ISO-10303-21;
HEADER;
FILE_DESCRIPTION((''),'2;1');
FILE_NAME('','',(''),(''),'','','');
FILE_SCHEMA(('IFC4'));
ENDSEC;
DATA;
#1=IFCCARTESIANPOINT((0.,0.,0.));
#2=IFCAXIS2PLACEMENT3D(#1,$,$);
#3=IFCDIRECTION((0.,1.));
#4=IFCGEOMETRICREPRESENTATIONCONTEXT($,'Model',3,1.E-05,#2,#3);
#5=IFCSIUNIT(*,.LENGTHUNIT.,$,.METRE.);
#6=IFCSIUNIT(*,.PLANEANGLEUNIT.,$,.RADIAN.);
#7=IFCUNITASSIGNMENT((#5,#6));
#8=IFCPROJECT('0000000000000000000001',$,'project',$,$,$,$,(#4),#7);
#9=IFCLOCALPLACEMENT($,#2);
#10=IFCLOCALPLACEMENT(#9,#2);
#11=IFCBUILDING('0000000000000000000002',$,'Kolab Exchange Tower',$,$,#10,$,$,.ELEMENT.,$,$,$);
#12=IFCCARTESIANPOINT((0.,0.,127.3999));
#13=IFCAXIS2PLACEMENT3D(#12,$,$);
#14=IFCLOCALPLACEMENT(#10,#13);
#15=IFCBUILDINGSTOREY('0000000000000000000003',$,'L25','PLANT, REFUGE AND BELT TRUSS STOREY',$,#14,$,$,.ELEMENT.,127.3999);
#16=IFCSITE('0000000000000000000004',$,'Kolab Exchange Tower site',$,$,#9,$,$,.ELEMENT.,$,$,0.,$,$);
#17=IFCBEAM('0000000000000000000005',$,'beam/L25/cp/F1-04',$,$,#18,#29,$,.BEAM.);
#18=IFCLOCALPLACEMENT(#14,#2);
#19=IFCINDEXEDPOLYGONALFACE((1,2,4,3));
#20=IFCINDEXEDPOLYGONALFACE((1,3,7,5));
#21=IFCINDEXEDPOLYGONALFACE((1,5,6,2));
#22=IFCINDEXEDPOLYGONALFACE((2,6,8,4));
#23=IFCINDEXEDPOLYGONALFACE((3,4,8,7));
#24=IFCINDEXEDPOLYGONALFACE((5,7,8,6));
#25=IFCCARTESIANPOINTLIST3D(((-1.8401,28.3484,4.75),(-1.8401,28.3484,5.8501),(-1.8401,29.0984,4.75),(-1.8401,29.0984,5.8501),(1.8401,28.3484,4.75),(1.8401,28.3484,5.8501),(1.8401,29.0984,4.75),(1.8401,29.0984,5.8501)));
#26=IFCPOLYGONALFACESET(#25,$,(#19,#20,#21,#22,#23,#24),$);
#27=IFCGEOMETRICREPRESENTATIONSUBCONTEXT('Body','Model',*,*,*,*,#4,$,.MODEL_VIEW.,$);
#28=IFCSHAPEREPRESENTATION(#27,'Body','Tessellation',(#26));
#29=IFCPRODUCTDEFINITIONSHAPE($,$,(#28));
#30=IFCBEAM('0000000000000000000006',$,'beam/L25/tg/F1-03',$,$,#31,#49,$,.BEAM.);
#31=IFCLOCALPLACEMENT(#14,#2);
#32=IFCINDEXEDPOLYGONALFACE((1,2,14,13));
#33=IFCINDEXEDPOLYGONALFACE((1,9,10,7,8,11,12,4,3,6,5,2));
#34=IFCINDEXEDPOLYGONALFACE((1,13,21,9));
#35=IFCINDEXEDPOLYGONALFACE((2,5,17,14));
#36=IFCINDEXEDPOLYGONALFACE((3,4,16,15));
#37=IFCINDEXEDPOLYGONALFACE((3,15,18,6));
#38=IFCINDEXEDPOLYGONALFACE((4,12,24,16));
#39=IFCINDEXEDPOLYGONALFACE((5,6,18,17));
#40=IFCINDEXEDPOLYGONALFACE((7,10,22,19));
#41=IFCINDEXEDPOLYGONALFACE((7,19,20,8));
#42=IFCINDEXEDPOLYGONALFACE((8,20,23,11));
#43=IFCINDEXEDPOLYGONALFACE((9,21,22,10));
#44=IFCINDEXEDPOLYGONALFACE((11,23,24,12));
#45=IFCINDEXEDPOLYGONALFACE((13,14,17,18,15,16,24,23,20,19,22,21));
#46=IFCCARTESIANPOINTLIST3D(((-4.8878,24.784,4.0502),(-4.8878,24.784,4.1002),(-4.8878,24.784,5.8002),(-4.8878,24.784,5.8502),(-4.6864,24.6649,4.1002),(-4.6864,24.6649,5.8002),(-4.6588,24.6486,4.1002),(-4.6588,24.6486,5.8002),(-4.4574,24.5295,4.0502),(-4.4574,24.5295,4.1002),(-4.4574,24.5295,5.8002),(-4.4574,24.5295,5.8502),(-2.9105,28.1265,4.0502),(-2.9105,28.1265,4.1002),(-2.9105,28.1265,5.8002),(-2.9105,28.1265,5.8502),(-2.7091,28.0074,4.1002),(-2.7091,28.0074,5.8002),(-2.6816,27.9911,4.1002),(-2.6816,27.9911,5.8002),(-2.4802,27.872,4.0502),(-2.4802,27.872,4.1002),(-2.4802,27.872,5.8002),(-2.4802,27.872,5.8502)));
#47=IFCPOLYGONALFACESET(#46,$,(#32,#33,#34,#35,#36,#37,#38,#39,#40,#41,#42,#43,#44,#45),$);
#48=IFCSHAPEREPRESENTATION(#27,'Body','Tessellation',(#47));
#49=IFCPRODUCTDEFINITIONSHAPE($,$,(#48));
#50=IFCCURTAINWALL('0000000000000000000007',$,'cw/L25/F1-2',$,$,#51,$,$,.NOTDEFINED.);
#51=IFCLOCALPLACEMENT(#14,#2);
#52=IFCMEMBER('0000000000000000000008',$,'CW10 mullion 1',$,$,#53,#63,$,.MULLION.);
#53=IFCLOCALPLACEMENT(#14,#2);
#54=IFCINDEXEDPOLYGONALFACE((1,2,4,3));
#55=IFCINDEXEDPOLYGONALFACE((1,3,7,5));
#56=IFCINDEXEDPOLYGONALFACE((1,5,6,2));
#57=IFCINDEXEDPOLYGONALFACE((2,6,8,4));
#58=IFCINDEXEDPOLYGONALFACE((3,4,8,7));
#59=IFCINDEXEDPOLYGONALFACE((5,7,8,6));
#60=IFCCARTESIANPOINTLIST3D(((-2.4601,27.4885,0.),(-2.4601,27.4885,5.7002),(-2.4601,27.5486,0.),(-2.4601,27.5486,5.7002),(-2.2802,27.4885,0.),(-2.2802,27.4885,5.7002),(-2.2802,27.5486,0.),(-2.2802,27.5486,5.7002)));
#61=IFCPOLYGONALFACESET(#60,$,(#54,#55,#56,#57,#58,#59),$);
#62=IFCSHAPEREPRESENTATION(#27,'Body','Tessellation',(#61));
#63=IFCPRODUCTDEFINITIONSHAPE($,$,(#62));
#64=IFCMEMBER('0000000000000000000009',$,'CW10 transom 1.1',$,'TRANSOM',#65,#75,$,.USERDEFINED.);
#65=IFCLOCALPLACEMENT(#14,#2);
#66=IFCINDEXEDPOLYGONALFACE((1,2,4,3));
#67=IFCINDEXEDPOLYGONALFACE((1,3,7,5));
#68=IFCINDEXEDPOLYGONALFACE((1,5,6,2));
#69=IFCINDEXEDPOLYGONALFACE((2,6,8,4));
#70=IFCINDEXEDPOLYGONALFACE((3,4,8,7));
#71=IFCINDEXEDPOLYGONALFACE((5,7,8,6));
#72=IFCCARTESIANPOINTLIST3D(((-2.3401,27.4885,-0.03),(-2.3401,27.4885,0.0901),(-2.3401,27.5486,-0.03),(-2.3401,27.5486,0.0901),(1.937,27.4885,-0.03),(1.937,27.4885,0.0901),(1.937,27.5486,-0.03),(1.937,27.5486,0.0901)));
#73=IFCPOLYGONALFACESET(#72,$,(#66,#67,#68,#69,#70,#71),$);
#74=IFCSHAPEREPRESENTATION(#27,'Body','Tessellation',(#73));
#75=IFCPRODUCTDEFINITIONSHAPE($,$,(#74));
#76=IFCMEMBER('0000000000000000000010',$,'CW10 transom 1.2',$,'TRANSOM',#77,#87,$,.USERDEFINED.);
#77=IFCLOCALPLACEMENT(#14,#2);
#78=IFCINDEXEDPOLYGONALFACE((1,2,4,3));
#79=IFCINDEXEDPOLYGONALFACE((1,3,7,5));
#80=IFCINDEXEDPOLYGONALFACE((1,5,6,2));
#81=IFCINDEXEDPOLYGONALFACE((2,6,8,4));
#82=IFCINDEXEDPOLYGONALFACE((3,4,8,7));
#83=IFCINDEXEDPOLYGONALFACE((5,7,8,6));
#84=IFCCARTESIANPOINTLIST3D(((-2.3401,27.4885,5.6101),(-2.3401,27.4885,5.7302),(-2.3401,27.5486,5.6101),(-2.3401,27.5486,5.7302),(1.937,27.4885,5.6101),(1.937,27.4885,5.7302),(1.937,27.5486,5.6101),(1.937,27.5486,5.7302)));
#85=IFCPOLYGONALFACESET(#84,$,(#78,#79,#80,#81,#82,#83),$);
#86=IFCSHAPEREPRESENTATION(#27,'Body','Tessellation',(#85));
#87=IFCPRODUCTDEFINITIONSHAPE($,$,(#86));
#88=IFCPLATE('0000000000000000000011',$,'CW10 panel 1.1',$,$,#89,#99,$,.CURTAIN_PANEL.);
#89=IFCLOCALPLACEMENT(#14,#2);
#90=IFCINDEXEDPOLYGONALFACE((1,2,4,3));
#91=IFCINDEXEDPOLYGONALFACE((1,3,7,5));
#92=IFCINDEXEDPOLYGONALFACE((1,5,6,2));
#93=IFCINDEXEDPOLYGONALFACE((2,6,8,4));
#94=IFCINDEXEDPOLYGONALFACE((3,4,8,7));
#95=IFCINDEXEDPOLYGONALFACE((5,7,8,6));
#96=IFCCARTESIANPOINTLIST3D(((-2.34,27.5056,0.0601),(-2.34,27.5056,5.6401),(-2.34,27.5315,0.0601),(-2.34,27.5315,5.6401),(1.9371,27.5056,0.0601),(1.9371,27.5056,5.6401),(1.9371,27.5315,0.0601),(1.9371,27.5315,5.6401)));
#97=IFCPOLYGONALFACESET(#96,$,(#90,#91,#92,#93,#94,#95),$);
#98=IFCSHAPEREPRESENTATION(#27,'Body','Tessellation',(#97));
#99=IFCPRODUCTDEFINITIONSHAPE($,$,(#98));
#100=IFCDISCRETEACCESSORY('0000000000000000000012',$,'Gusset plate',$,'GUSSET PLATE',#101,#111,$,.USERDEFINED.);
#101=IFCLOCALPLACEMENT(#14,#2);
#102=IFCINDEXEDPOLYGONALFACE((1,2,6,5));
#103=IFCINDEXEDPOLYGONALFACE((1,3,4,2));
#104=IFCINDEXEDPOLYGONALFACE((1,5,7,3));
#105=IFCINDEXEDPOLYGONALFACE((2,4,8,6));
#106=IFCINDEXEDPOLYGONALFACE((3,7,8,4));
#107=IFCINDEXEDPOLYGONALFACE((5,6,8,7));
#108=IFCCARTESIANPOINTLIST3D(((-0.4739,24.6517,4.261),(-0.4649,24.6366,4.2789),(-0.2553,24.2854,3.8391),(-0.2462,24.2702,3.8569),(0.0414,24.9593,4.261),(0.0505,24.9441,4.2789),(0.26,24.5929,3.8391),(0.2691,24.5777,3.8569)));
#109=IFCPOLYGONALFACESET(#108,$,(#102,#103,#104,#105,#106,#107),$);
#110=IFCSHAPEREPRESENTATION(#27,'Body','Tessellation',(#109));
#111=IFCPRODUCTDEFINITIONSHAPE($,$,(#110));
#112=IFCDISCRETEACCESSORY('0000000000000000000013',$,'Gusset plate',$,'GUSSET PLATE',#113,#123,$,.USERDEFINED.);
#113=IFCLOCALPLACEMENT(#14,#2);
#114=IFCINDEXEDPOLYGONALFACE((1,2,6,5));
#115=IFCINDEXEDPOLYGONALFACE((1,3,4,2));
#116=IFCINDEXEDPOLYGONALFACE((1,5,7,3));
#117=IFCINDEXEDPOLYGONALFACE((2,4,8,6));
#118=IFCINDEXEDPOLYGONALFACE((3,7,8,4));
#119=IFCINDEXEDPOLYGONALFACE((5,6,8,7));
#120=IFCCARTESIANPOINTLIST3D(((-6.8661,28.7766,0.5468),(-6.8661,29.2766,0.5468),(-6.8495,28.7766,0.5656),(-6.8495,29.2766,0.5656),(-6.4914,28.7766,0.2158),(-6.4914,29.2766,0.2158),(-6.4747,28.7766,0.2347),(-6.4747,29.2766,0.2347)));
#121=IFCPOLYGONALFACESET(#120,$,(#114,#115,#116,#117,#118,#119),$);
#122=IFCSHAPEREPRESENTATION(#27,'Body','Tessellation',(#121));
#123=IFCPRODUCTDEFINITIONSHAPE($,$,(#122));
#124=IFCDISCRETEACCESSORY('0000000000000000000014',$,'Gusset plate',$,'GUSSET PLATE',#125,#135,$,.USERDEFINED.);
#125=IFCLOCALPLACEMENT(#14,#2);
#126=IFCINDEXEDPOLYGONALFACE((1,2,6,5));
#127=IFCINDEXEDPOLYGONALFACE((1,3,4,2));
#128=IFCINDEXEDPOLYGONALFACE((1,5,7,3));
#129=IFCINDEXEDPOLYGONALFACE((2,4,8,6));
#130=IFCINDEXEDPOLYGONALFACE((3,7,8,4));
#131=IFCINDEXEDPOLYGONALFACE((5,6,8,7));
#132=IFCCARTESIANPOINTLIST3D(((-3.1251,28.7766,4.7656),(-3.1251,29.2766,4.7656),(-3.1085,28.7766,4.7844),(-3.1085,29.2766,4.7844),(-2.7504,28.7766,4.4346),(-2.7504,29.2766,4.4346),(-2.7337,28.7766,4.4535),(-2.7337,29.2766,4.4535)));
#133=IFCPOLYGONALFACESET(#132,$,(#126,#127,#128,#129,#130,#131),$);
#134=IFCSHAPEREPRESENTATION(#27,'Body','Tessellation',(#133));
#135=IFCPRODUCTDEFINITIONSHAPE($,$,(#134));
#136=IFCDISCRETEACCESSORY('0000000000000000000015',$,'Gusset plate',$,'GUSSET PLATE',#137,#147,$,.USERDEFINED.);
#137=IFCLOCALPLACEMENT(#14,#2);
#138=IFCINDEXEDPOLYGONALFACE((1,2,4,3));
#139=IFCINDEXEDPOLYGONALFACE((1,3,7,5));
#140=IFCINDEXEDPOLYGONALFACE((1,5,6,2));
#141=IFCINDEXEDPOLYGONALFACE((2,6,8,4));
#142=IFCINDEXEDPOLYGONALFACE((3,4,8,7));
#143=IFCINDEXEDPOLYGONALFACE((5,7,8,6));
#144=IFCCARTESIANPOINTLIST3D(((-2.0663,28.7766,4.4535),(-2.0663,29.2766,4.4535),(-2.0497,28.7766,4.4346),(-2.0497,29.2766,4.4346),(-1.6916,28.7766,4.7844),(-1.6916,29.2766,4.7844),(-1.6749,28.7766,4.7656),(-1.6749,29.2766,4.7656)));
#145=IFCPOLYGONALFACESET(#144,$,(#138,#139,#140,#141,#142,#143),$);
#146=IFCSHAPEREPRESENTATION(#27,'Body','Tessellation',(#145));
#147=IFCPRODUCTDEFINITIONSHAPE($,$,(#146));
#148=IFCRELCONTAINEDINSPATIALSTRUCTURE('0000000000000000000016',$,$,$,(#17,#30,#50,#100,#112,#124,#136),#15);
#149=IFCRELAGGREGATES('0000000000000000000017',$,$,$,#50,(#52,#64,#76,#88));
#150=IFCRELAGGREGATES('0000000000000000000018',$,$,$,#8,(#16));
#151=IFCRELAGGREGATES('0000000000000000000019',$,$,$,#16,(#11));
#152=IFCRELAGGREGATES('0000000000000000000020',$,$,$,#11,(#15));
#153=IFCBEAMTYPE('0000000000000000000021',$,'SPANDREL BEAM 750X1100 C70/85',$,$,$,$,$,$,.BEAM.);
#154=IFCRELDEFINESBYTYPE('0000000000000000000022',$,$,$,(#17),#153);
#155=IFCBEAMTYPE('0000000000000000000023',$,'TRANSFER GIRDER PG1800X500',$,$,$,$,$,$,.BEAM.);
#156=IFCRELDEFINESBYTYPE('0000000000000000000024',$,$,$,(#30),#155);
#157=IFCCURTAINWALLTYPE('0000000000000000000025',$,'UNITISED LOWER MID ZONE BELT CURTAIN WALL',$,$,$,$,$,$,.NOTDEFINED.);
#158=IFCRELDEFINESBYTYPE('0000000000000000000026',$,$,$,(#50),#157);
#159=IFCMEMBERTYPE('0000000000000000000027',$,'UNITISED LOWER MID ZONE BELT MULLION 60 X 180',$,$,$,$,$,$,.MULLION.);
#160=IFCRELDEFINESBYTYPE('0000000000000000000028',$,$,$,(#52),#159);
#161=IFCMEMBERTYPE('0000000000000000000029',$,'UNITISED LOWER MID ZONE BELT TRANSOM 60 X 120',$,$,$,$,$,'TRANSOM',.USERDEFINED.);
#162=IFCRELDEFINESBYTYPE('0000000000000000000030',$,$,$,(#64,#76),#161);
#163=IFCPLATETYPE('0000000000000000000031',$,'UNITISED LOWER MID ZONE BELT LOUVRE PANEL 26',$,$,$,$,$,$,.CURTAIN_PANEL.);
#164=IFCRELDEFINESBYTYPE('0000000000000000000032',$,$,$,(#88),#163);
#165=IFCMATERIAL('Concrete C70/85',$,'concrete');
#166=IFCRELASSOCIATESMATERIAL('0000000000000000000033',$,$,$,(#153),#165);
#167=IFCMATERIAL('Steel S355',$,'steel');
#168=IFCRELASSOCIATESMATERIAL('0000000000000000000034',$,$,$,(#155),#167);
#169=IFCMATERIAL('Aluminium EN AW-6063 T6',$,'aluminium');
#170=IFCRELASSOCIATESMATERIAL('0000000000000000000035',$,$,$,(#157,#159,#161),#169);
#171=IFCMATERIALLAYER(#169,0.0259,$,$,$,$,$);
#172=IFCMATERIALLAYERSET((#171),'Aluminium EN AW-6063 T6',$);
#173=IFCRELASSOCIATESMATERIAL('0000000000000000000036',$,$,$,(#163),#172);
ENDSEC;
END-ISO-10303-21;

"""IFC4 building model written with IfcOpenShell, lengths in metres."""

from ifc_helpers import new_model, si_unit, direction, frame, origin, origin_2d, place, context, subcontext, project, spatial, rectangle, i_section, extrude, material, layer, layer_set, material_profile, profile_set, type_object, element, aggregate, save


model = new_model("IFC4")

# Units and contexts
model_context = context("Model", 3, precision=1e-05, world=origin(), true_north=direction((0.0, 1.0)))
body_context = subcontext(model_context, "Body", "Model", "MODEL_VIEW")
ifc_project = project(units=[si_unit("LENGTHUNIT", "METRE"), si_unit("PLANEANGLEUNIT", "RADIAN")], contexts=[model_context])

# Site, building, storey
site_placement = place(None, origin())
site = spatial("IfcSite", under=ifc_project, at=site_placement, Name="Kolab Exchange Tower site", CompositionType="ELEMENT", RefElevation=0.0)
building_placement = place(site_placement, origin())
building = spatial("IfcBuilding", under=site, at=building_placement, Name="Kolab Exchange Tower", CompositionType="ELEMENT")
storey_placement = place(building_placement, frame((0.0, 0.0, 127.3999)))
storey = spatial("IfcBuildingStorey", under=building, at=storey_placement, Name="L25", Description="PLANT, REFUGE AND BELT TRUSS STOREY", CompositionType="ELEMENT", Elevation=127.3999)

# Shared definitions
ifc_material_1 = material(Name="Concrete C70/85", Category="concrete")

# Shared definitions
ifc_material_2 = material(Name="Steel S355", Category="steel")

# Beams
ifc_material_profile_1 = material_profile(ifc_material_1, rectangle(XDim=0.75, YDim=1.1001, at=origin_2d()), Name="RC750X1100")
ifc_profile_set_1 = profile_set([ifc_material_profile_1], Name="Concrete C70/85")
beam_type_1 = type_object("IfcBeamType", Name="SPANDREL BEAM 750X1100 C70/85", PredefinedType="BEAM", material=ifc_profile_set_1)
beam_1_placement = place(storey_placement, frame((-1.8401, 28.7234, 5.3), z_axis=(1.0, 0.0, 0.0), x_axis=(0.0, 1.0, 0.0)))
element("IfcBeam", 1, at=beam_1_placement, inside=storey, type_object=beam_type_1, Name="beam/L25/cp/F1-04", PredefinedType="BEAM", context=body_context, shape_type="SweptSolid", body=[
    extrude(rectangle(XDim=0.75, YDim=1.1001, at=origin_2d()), origin(), (0.0, 0.0, 1.0), 3.6802),
])
ifc_material_profile_2 = material_profile(ifc_material_2, i_section(OverallWidth=0.5, OverallDepth=1.8, WebThickness=0.032, FlangeThickness=0.05, at=origin_2d()), Name="PG1800X500")
ifc_profile_set_2 = profile_set([ifc_material_profile_2], Name="Steel S355")
beam_type_2 = type_object("IfcBeamType", Name="TRANSFER GIRDER PG1800X500", PredefinedType="BEAM", material=ifc_profile_set_2)
beam_2_placement = place(storey_placement, frame((-4.6726, 24.6567, 4.9502), z_axis=(0.509142, 0.860682, 0.0), x_axis=(-0.860682, 0.509142, 0.0)))
element("IfcBeam", 2, at=beam_2_placement, inside=storey, type_object=beam_type_2, Name="beam/L25/tg/F1-03", PredefinedType="BEAM", context=body_context, shape_type="SweptSolid", body=[
    extrude(i_section(OverallWidth=0.5, OverallDepth=1.8, WebThickness=0.032, FlangeThickness=0.05, at=origin_2d()), origin(), (0.0, 0.0, 1.0), 3.8835),
])

# Curtain wall, members, plate
ifc_material_3 = material(Name="Aluminium EN AW-6063 T6", Category="aluminium")
curtain_wall_type = type_object("IfcCurtainWallType", Name="UNITISED LOWER MID ZONE BELT CURTAIN WALL", PredefinedType="NOTDEFINED", material=ifc_material_3)
curtain_wall_placement = place(storey_placement, origin())
curtain_wall = element("IfcCurtainWall", 3, at=curtain_wall_placement, inside=storey, type_object=curtain_wall_type, Name="cw/L25/F1-2", PredefinedType="NOTDEFINED")
ifc_material_profile_3 = material_profile(ifc_material_3, rectangle(XDim=0.0601, YDim=0.1799, at=origin_2d()), Name="RECT 60X180")
ifc_profile_set_3 = profile_set([ifc_material_profile_3], Name="Aluminium EN AW-6063 T6")
member_type_1 = type_object("IfcMemberType", Name="UNITISED LOWER MID ZONE BELT MULLION 60 X 180", PredefinedType="MULLION", material=ifc_profile_set_3)
member_1_placement = place(storey_placement, frame((-2.3701, 27.5186, 0.0), z_axis=(0.0, 0.0, 1.0), x_axis=(0.0, 1.0, 0.0)))
member_1 = element("IfcMember", 4, at=member_1_placement, type_object=member_type_1, Name="CW10 mullion 1", PredefinedType="MULLION", context=body_context, shape_type="SweptSolid", body=[
    extrude(rectangle(XDim=0.0601, YDim=0.1799, at=origin_2d()), origin(), (0.0, 0.0, 1.0), 5.7002),
])
ifc_material_profile_4 = material_profile(ifc_material_3, rectangle(XDim=0.0601, YDim=0.1201, at=origin_2d()), Name="RECT 60X120")
ifc_profile_set_4 = profile_set([ifc_material_profile_4], Name="Aluminium EN AW-6063 T6")
member_type_2 = type_object("IfcMemberType", Name="UNITISED LOWER MID ZONE BELT TRANSOM 60 X 120", ElementType="TRANSOM", PredefinedType="USERDEFINED", material=ifc_profile_set_4)
member_2_placement = place(storey_placement, frame((-2.3401, 27.5186, 0.03), z_axis=(1.0, 0.0, 0.0), x_axis=(0.0, 1.0, 0.0)))
member_2 = element("IfcMember", 5, at=member_2_placement, type_object=member_type_2, Name="CW10 transom 1.1", ObjectType="TRANSOM", PredefinedType="USERDEFINED", context=body_context, shape_type="SweptSolid", body=[
    extrude(rectangle(XDim=0.0601, YDim=0.1201, at=origin_2d()), origin(), (0.0, 0.0, 1.0), 4.2771),
])
member_3_placement = place(storey_placement, frame((-2.3401, 27.5186, 5.6702), z_axis=(1.0, 0.0, 0.0), x_axis=(0.0, 1.0, 0.0)))
member_3 = element("IfcMember", 6, at=member_3_placement, type_object=member_type_2, Name="CW10 transom 1.2", ObjectType="TRANSOM", PredefinedType="USERDEFINED", context=body_context, shape_type="SweptSolid", body=[
    extrude(rectangle(XDim=0.0601, YDim=0.1201, at=origin_2d()), origin(), (0.0, 0.0, 1.0), 4.2771),
])
ifc_layer_1 = layer(ifc_material_3, 0.0259)
ifc_layer_set_1 = layer_set([ifc_layer_1], Name="Aluminium EN AW-6063 T6")
plate_type = type_object("IfcPlateType", Name="UNITISED LOWER MID ZONE BELT LOUVRE PANEL 26", PredefinedType="CURTAIN_PANEL", material=ifc_layer_set_1)
plate_placement = place(storey_placement, frame((-0.2014, 27.5186, 0.0601), z_axis=(0.0, 0.0, 1.0), x_axis=(1.0, 0.0, 0.0)))
plate = element("IfcPlate", 7, at=plate_placement, type_object=plate_type, Name="CW10 panel 1.1", PredefinedType="CURTAIN_PANEL", context=body_context, shape_type="SweptSolid", body=[
    extrude(rectangle(XDim=4.2771, YDim=0.0259, at=origin_2d()), origin(), (0.0, 0.0, 1.0), 5.5801),
])
aggregate(curtain_wall, [member_1, member_2, member_3, plate])

# Discrete accessories
discrete_accessory_placement = place(storey_placement, frame((-0.1069, 24.6223, 4.05), z_axis=(0.360363, -0.603852, 0.710986), x_axis=(0.858713, 0.512458, 0.0)))
element("IfcDiscreteAccessory", 8, at=discrete_accessory_placement, inside=storey, Name="Gusset plate", ObjectType="GUSSET PLATE", PredefinedType="USERDEFINED", context=body_context, shape_type="SweptSolid", body=[
    extrude(rectangle(XDim=0.6001, YDim=0.6001, at=origin_2d()), origin(), (0.0, 0.0, 1.0), 0.0251),
])
for number, where, z_axis, x_axis, name in (
    (9, (-6.6621, 29.0266, 0.4001), (-0.661944, 0.0, -0.749554), (0.0, -1.0, 0.0), "Gusset plate"),
    (10, (-2.9377, 29.0266, 4.6001), (0.661944, 0.0, 0.749554), (0.0, 1.0, 0.0), "Gusset plate"),
    (11, (-1.8623, 29.0266, 4.6001), (-0.661944, 0.0, 0.749554), (0.0, -1.0, 0.0), "Gusset plate"),
):
    element("IfcDiscreteAccessory", number, at=place(storey_placement, frame(where, z_axis=z_axis, x_axis=x_axis)), inside=storey, Name=name, ObjectType="GUSSET PLATE", PredefinedType="USERDEFINED", context=body_context, shape_type="SweptSolid", body=[
        extrude(rectangle(XDim=0.5, YDim=0.5, at=origin_2d()), origin(), (0.0, 0.0, 1.0), 0.0251),
    ])

save(model, "model.ifc")
